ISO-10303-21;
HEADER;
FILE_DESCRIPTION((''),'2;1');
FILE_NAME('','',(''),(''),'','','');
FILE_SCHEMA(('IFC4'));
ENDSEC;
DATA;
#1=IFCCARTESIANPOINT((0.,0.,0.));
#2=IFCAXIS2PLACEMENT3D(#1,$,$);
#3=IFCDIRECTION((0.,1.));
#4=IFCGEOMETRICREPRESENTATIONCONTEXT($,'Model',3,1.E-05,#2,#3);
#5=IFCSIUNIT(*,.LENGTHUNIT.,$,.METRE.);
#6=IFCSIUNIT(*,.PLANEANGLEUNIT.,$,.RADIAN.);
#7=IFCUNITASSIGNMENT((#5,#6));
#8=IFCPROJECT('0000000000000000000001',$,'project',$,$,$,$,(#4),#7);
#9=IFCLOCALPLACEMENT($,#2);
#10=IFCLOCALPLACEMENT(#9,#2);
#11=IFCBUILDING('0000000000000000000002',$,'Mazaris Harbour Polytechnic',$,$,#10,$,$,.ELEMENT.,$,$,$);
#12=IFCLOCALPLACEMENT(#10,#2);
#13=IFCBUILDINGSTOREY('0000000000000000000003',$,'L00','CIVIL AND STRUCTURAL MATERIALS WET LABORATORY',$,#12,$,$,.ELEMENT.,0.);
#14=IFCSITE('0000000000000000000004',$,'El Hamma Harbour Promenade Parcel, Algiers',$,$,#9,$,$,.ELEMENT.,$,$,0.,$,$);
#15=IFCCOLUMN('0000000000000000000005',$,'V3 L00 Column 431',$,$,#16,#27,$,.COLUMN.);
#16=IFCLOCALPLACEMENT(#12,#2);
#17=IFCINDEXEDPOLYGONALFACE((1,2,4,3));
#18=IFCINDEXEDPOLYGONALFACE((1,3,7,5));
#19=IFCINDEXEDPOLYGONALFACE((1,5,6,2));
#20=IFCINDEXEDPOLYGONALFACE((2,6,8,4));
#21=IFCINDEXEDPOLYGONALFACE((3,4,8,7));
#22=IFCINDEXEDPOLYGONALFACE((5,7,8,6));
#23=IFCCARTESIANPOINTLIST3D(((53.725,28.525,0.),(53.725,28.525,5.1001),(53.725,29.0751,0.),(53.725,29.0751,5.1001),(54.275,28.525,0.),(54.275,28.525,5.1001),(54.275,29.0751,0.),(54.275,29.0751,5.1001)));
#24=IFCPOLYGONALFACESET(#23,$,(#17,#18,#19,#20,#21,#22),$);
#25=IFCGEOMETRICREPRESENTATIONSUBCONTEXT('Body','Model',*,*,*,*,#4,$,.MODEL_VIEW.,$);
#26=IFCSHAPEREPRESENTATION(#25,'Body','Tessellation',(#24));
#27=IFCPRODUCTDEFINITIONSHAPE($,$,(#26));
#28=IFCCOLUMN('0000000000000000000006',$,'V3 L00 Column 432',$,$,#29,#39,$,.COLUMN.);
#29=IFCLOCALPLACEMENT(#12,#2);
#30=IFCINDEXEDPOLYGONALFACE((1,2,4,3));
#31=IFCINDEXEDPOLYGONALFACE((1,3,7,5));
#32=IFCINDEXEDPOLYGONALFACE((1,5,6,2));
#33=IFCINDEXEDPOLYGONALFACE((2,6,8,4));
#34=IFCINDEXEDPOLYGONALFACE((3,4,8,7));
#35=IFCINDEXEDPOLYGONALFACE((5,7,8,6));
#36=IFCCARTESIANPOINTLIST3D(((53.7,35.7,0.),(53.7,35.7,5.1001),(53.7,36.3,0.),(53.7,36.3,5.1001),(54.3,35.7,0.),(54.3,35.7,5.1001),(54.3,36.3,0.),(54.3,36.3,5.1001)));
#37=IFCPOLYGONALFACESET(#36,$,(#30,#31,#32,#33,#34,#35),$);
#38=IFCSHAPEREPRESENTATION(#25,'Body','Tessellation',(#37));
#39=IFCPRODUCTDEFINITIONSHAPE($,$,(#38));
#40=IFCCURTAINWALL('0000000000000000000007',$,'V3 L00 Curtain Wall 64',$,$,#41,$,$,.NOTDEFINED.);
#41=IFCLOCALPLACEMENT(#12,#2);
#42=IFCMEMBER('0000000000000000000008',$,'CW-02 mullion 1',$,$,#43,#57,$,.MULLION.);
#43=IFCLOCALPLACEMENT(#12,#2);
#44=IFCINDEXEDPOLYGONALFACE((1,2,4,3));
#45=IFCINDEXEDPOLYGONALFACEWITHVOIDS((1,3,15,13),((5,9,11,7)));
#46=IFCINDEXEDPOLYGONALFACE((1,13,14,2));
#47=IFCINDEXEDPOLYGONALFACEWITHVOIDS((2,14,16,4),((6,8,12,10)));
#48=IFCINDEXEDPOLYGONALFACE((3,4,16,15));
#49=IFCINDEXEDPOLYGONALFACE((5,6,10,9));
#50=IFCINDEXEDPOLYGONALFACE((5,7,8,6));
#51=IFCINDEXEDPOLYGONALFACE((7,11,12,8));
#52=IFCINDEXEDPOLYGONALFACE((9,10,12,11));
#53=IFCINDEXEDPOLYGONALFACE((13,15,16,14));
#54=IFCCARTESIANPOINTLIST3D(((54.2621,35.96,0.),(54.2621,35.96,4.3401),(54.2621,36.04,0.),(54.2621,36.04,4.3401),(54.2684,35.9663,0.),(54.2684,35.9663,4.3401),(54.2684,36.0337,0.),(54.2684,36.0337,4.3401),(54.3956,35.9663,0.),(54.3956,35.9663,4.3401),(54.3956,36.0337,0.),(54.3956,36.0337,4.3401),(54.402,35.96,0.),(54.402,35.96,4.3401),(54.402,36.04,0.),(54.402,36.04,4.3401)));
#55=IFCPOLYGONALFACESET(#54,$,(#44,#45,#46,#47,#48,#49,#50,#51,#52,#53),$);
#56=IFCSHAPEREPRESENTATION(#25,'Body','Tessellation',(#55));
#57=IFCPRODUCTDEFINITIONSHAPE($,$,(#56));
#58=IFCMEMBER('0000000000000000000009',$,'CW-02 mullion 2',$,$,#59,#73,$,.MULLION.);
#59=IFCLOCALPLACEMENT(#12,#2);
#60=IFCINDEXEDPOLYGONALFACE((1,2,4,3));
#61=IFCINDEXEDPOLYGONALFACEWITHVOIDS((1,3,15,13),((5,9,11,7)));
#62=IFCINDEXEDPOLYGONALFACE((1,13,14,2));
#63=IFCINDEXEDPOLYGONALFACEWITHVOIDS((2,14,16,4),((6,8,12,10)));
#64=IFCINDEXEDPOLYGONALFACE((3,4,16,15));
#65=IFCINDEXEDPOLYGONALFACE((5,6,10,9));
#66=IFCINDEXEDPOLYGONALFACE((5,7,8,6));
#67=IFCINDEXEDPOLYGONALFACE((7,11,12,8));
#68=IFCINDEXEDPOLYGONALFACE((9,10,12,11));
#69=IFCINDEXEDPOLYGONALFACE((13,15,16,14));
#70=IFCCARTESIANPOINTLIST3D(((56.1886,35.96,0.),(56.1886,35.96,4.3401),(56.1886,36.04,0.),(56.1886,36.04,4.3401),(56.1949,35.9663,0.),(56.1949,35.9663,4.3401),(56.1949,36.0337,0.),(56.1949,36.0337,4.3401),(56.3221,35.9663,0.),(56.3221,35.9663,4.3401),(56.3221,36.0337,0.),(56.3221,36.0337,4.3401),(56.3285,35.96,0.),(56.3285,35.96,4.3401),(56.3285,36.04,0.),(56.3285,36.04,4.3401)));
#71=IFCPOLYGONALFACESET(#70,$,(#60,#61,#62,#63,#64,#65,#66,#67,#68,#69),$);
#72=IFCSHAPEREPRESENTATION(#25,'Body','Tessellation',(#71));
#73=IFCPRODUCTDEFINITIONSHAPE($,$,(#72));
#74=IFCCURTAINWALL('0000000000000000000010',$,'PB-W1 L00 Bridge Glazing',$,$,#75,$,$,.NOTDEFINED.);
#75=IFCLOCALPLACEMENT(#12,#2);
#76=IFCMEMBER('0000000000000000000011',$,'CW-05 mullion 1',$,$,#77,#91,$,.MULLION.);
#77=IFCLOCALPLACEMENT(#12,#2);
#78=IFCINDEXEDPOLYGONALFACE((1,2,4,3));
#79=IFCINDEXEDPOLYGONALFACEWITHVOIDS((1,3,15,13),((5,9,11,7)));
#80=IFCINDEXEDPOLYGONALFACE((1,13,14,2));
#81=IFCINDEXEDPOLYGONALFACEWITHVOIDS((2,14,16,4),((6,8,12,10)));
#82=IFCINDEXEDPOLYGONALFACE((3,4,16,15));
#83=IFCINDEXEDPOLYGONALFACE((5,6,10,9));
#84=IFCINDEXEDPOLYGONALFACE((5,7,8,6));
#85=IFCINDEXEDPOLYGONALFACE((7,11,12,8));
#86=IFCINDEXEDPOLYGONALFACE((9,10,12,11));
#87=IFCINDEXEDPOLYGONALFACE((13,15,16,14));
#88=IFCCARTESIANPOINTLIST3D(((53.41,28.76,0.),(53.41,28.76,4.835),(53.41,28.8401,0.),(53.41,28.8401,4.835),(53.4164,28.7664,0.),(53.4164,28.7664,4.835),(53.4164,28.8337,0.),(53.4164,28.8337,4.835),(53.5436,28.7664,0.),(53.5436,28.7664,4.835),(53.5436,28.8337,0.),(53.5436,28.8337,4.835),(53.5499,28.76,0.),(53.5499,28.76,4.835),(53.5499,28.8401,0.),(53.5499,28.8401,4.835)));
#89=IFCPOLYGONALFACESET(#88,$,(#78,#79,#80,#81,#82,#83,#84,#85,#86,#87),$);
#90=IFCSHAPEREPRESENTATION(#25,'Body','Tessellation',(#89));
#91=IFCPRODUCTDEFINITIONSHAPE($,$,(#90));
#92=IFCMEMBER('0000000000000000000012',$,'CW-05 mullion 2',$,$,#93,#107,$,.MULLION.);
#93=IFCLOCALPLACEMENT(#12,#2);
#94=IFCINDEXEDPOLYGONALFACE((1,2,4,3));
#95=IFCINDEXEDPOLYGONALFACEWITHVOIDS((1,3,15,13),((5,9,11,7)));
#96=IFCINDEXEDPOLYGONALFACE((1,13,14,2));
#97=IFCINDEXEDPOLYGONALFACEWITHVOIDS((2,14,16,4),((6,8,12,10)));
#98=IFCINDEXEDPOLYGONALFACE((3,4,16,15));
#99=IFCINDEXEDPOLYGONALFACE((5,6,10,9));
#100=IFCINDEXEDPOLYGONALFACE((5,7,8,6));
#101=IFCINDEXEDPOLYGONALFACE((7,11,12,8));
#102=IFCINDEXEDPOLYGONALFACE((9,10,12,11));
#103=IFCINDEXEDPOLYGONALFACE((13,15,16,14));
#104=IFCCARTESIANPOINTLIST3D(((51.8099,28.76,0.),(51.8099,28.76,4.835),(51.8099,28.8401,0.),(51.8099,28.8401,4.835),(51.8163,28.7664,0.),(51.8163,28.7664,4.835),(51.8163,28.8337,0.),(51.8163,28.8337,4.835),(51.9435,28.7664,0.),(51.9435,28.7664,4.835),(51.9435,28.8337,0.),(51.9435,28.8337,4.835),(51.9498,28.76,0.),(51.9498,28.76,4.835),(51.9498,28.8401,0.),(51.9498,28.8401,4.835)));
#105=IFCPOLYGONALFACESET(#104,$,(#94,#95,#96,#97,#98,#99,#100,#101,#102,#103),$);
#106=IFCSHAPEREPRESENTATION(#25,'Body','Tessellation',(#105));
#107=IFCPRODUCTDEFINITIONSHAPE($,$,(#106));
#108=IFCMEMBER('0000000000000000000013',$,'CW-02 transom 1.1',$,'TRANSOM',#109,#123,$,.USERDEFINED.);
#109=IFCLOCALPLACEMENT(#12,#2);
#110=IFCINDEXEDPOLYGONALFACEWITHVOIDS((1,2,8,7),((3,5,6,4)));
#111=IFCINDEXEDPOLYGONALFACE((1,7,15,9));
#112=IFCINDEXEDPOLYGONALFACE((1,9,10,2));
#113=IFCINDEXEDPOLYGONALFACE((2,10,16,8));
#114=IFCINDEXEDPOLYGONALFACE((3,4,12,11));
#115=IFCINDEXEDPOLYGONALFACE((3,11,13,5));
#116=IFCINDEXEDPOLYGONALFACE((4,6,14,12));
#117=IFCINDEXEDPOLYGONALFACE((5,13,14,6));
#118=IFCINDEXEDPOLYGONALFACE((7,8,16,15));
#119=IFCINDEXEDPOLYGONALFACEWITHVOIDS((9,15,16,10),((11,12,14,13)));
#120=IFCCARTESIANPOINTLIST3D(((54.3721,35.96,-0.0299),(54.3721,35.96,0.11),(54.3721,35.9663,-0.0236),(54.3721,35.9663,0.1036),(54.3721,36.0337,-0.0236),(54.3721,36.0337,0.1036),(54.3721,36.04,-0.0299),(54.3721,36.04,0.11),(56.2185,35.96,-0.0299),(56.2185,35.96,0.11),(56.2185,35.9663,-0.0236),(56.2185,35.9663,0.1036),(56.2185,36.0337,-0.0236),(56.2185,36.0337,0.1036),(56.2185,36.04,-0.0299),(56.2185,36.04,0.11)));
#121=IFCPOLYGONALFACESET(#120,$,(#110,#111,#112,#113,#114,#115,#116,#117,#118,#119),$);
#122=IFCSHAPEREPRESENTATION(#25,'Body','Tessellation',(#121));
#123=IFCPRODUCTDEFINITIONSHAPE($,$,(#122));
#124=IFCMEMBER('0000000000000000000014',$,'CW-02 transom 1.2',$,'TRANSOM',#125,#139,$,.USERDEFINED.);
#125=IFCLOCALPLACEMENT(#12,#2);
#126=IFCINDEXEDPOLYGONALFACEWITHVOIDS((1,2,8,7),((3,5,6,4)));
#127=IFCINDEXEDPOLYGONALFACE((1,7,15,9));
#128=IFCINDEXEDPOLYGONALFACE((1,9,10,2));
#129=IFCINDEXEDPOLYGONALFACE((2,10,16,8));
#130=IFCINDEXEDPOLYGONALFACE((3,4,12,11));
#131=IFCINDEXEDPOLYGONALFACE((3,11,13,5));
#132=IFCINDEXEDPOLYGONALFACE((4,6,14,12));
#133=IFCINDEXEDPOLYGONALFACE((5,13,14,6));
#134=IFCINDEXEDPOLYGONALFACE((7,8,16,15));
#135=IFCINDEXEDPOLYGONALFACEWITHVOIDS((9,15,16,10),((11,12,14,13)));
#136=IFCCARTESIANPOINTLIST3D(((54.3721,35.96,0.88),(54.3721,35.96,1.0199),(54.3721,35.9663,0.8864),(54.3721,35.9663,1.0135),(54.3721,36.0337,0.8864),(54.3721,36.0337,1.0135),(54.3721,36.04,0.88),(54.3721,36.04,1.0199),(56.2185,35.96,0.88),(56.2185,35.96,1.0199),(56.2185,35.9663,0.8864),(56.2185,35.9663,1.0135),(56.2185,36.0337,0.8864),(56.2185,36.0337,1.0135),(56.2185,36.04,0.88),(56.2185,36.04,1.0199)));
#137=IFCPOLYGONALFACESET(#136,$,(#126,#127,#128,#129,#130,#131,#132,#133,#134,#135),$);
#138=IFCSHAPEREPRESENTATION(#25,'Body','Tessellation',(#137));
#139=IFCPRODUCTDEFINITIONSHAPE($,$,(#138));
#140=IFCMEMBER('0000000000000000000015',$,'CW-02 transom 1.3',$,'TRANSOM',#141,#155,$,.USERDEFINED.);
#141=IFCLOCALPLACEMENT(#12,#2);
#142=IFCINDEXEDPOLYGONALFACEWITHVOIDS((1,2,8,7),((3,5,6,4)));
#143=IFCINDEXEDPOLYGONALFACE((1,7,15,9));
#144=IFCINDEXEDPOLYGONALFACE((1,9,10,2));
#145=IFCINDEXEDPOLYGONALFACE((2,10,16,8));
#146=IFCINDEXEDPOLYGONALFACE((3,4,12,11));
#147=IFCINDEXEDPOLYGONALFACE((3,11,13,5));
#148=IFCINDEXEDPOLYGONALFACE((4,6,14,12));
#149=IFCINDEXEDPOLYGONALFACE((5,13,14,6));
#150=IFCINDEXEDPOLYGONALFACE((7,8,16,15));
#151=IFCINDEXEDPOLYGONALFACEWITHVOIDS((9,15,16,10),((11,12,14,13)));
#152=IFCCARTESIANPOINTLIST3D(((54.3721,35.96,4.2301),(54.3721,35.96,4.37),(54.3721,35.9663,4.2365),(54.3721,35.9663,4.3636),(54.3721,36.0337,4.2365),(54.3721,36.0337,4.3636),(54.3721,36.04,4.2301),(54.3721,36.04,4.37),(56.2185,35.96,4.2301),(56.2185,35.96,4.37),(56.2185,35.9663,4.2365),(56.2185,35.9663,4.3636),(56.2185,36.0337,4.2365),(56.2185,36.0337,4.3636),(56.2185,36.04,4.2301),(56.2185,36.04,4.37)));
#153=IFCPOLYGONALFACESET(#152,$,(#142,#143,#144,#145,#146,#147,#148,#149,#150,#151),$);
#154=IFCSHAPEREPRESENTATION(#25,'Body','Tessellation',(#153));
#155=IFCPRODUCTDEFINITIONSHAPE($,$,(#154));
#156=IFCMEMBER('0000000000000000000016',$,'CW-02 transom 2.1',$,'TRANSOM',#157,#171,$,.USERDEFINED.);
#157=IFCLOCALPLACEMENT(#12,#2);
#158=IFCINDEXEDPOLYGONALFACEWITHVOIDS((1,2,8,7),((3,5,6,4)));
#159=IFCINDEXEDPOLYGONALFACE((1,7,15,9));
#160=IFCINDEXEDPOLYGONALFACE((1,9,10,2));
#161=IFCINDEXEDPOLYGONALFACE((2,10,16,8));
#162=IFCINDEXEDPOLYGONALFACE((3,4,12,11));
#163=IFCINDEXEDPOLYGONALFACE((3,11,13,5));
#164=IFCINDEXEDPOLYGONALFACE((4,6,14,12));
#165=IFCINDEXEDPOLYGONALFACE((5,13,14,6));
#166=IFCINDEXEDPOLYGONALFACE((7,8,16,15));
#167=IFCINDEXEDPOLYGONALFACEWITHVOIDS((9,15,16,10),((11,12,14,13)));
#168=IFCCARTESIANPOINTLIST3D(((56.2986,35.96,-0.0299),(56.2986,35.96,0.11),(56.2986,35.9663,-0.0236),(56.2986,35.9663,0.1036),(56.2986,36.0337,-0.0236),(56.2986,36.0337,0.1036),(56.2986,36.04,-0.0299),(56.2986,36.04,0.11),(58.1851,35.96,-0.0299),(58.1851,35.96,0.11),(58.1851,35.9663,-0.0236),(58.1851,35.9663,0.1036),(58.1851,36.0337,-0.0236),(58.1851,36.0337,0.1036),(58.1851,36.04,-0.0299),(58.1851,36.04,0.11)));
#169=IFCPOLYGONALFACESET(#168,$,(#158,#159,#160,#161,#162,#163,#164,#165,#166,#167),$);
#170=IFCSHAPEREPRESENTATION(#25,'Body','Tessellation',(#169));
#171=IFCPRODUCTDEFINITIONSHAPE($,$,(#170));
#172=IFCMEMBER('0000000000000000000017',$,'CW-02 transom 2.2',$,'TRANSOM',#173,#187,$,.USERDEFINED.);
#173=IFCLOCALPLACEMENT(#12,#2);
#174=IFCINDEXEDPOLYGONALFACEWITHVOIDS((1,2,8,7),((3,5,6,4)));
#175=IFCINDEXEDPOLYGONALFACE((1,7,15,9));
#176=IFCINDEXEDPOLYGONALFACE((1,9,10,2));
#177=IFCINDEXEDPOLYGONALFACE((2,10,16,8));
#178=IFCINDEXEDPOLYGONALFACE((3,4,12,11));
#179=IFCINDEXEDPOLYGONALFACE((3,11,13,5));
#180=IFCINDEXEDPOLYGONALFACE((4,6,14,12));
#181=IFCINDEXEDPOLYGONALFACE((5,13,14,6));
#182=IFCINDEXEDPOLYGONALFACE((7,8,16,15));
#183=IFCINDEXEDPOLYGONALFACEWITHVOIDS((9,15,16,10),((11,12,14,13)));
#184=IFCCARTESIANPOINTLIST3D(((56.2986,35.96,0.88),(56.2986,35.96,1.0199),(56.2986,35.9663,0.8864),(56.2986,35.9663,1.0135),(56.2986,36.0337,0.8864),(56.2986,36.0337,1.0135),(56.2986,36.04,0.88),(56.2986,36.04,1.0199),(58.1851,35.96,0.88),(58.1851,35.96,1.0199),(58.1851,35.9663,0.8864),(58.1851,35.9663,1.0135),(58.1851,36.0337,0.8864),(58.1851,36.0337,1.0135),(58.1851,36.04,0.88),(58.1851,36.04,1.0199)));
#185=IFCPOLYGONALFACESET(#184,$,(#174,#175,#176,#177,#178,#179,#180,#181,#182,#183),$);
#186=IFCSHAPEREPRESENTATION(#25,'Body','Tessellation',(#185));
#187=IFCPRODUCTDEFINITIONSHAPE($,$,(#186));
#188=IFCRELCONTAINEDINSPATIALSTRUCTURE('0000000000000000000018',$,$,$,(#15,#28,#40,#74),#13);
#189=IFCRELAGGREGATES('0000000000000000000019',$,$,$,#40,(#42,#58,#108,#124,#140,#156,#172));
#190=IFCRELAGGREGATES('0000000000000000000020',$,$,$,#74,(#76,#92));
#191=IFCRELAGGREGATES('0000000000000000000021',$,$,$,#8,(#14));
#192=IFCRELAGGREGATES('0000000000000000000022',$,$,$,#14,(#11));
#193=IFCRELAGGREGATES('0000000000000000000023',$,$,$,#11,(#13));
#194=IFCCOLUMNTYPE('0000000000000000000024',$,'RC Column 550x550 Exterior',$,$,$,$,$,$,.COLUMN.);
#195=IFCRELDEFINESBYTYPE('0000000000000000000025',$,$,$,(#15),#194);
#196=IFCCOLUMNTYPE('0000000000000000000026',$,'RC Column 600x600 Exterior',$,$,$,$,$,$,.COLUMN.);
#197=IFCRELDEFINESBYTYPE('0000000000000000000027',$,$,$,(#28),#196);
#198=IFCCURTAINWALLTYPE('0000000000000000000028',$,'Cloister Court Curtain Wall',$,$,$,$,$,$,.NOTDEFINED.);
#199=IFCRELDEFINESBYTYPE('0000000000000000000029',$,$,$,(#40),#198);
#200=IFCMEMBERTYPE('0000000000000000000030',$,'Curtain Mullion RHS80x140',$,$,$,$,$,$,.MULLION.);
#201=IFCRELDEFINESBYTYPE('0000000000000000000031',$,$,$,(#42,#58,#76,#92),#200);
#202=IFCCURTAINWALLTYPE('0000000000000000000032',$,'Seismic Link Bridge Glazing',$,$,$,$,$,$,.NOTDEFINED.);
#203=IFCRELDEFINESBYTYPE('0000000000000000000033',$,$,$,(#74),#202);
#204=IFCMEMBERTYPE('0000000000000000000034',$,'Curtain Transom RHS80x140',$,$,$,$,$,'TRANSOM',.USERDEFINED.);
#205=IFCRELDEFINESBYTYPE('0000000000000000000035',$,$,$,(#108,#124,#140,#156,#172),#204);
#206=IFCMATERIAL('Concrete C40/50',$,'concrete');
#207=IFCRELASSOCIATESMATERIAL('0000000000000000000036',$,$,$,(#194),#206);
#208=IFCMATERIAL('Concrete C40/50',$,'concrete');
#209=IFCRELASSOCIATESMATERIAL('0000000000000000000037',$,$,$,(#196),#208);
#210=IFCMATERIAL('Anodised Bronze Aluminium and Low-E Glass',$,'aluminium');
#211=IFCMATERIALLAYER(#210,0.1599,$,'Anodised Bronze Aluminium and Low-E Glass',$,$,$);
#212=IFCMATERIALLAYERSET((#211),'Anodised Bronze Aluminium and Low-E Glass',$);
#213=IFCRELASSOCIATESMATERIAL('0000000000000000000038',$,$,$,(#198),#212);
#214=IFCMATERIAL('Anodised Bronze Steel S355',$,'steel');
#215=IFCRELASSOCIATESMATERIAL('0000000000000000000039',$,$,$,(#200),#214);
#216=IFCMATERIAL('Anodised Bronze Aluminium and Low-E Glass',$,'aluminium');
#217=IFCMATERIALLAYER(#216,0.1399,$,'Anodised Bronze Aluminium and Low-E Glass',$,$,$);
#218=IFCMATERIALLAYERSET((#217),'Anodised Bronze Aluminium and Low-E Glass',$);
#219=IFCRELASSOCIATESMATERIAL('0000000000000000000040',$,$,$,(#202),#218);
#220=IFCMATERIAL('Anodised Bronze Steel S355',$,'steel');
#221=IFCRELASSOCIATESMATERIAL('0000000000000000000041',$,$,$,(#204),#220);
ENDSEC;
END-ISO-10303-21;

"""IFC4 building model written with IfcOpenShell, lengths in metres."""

from ifc_helpers import new_model, si_unit, direction, frame, origin, origin_2d, place, context, subcontext, project, spatial, rectangle, hollow_rectangle, extrude, material, layer, layer_set, material_profile, profile_set, type_object, element, aggregate, save


model = new_model("IFC4")

# Units and contexts
model_context = context("Model", 3, precision=1e-05, world=origin(), true_north=direction((0.0, 1.0)))
body_context = subcontext(model_context, "Body", "Model", "MODEL_VIEW")
ifc_project = project(units=[si_unit("LENGTHUNIT", "METRE"), si_unit("PLANEANGLEUNIT", "RADIAN")], contexts=[model_context])

# Site, building, storey
site_placement = place(None, origin())
site = spatial("IfcSite", under=ifc_project, at=site_placement, Name="El Hamma Harbour Promenade Parcel, Algiers", CompositionType="ELEMENT", RefElevation=0.0)
building_placement = place(site_placement, origin())
building = spatial("IfcBuilding", under=site, at=building_placement, Name="Mazaris Harbour Polytechnic", CompositionType="ELEMENT")
storey_placement = place(building_placement, origin())
storey = spatial("IfcBuildingStorey", under=building, at=storey_placement, Name="L00", Description="CIVIL AND STRUCTURAL MATERIALS WET LABORATORY", CompositionType="ELEMENT", Elevation=0.0)

# Columns
ifc_material_1 = material(Name="Concrete C40/50", Category="concrete")
ifc_material_profile_1 = material_profile(ifc_material_1, rectangle(XDim=0.55, YDim=0.55, at=origin_2d()), Name="RECT550x550")
ifc_profile_set_1 = profile_set([ifc_material_profile_1], Name="Concrete C40/50")
column_type_1 = type_object("IfcColumnType", Name="RC Column 550x550 Exterior", PredefinedType="COLUMN", material=ifc_profile_set_1)
column_1_placement = place(storey_placement, frame((54.0, 28.8, 0.0), z_axis=(0.0, 0.0, 1.0), x_axis=(1.0, 0.0, 0.0)))
element("IfcColumn", 1, at=column_1_placement, inside=storey, type_object=column_type_1, Name="V3 L00 Column 431", PredefinedType="COLUMN", context=body_context, shape_type="SweptSolid", body=[
    extrude(rectangle(XDim=0.55, YDim=0.55, at=origin_2d()), origin(), (0.0, 0.0, 1.0), 5.1001),
])
ifc_material_2 = material(Name="Concrete C40/50", Category="concrete")
ifc_material_profile_2 = material_profile(ifc_material_2, rectangle(XDim=0.6001, YDim=0.6001, at=origin_2d()), Name="RECT600x600")
ifc_profile_set_2 = profile_set([ifc_material_profile_2], Name="Concrete C40/50")
column_type_2 = type_object("IfcColumnType", Name="RC Column 600x600 Exterior", PredefinedType="COLUMN", material=ifc_profile_set_2)
column_2_placement = place(storey_placement, frame((54.0, 36.0, 0.0), z_axis=(0.0, 0.0, 1.0), x_axis=(1.0, 0.0, 0.0)))
element("IfcColumn", 2, at=column_2_placement, inside=storey, type_object=column_type_2, Name="V3 L00 Column 432", PredefinedType="COLUMN", context=body_context, shape_type="SweptSolid", body=[
    extrude(rectangle(XDim=0.6001, YDim=0.6001, at=origin_2d()), origin(), (0.0, 0.0, 1.0), 5.1001),
])

# Curtain walls, members
ifc_material_3 = material(Name="Anodised Bronze Aluminium and Low-E Glass", Category="aluminium")
ifc_layer_1 = layer(ifc_material_3, 0.1599, Name="Anodised Bronze Aluminium and Low-E Glass")
ifc_layer_set_1 = layer_set([ifc_layer_1], Name="Anodised Bronze Aluminium and Low-E Glass")
curtain_wall_type_1 = type_object("IfcCurtainWallType", Name="Cloister Court Curtain Wall", PredefinedType="NOTDEFINED", material=ifc_layer_set_1)
curtain_wall_1_placement = place(storey_placement, origin())
curtain_wall_1 = element("IfcCurtainWall", 3, at=curtain_wall_1_placement, inside=storey, type_object=curtain_wall_type_1, Name="V3 L00 Curtain Wall 64", PredefinedType="NOTDEFINED")
ifc_material_4 = material(Name="Anodised Bronze Steel S355", Category="steel")
ifc_material_profile_3 = material_profile(ifc_material_4, hollow_rectangle(XDim=0.0801, YDim=0.1399, WallThickness=0.0063, at=origin_2d()), Name="RHS 80x140x6.3")
ifc_profile_set_3 = profile_set([ifc_material_profile_3], Name="Anodised Bronze Steel S355")
member_type_1 = type_object("IfcMemberType", Name="Curtain Mullion RHS80x140", PredefinedType="MULLION", material=ifc_profile_set_3)
member_1_placement = place(storey_placement, frame((54.332, 36.0, 0.0), z_axis=(0.0, 0.0, 1.0), x_axis=(0.0, 1.0, 0.0)))
member_1 = element("IfcMember", 4, at=member_1_placement, type_object=member_type_1, Name="CW-02 mullion 1", PredefinedType="MULLION", context=body_context, shape_type="SweptSolid", body=[
    extrude(hollow_rectangle(XDim=0.0801, YDim=0.1399, WallThickness=0.0063, at=origin_2d()), origin(), (0.0, 0.0, 1.0), 4.3401),
])
member_2_placement = place(storey_placement, frame((56.2585, 36.0, 0.0), z_axis=(0.0, 0.0, 1.0), x_axis=(0.0, 1.0, 0.0)))
member_2 = element("IfcMember", 5, at=member_2_placement, type_object=member_type_1, Name="CW-02 mullion 2", PredefinedType="MULLION", context=body_context, shape_type="SweptSolid", body=[
    extrude(hollow_rectangle(XDim=0.0801, YDim=0.1399, WallThickness=0.0063, at=origin_2d()), origin(), (0.0, 0.0, 1.0), 4.3401),
])
ifc_material_5 = material(Name="Anodised Bronze Aluminium and Low-E Glass", Category="aluminium")
ifc_layer_2 = layer(ifc_material_5, 0.1399, Name="Anodised Bronze Aluminium and Low-E Glass")
ifc_layer_set_2 = layer_set([ifc_layer_2], Name="Anodised Bronze Aluminium and Low-E Glass")
curtain_wall_type_2 = type_object("IfcCurtainWallType", Name="Seismic Link Bridge Glazing", PredefinedType="NOTDEFINED", material=ifc_layer_set_2)
curtain_wall_2_placement = place(storey_placement, origin())
curtain_wall_2 = element("IfcCurtainWall", 6, at=curtain_wall_2_placement, inside=storey, type_object=curtain_wall_type_2, Name="PB-W1 L00 Bridge Glazing", PredefinedType="NOTDEFINED")
member_3_placement = place(storey_placement, frame((53.48, 28.8, 0.0), z_axis=(0.0, 0.0, 1.0), x_axis=(0.0, -1.0, 0.0)))
member_3 = element("IfcMember", 7, at=member_3_placement, type_object=member_type_1, Name="CW-05 mullion 1", PredefinedType="MULLION", context=body_context, shape_type="SweptSolid", body=[
    extrude(hollow_rectangle(XDim=0.0801, YDim=0.1399, WallThickness=0.0063, at=origin_2d()), origin(), (0.0, 0.0, 1.0), 4.835),
])
member_4_placement = place(storey_placement, frame((51.8799, 28.8, 0.0), z_axis=(0.0, 0.0, 1.0), x_axis=(0.0, -1.0, 0.0)))
member_4 = element("IfcMember", 8, at=member_4_placement, type_object=member_type_1, Name="CW-05 mullion 2", PredefinedType="MULLION", context=body_context, shape_type="SweptSolid", body=[
    extrude(hollow_rectangle(XDim=0.0801, YDim=0.1399, WallThickness=0.0063, at=origin_2d()), origin(), (0.0, 0.0, 1.0), 4.835),
])

# Members
ifc_material_6 = material(Name="Anodised Bronze Steel S355", Category="steel")
ifc_material_profile_4 = material_profile(ifc_material_6, hollow_rectangle(XDim=0.0801, YDim=0.1399, WallThickness=0.0063, at=origin_2d()), Name="RHS 80x140x6.3")
ifc_profile_set_4 = profile_set([ifc_material_profile_4], Name="Anodised Bronze Steel S355")
member_type_2 = type_object("IfcMemberType", Name="Curtain Transom RHS80x140", ElementType="TRANSOM", PredefinedType="USERDEFINED", material=ifc_profile_set_4)
member_5_placement = place(storey_placement, frame((54.3721, 36.0, 0.04), z_axis=(1.0, 0.0, 0.0), x_axis=(0.0, 1.0, 0.0)))
member_5 = element("IfcMember", 9, at=member_5_placement, type_object=member_type_2, Name="CW-02 transom 1.1", ObjectType="TRANSOM", PredefinedType="USERDEFINED", context=body_context, shape_type="SweptSolid", body=[
    extrude(hollow_rectangle(XDim=0.0801, YDim=0.1399, WallThickness=0.0063, at=origin_2d()), origin(), (0.0, 0.0, 1.0), 1.8464),
])
member_6_placement = place(storey_placement, frame((54.3721, 36.0, 0.95), z_axis=(1.0, 0.0, 0.0), x_axis=(0.0, 1.0, 0.0)))
member_6 = element("IfcMember", 10, at=member_6_placement, type_object=member_type_2, Name="CW-02 transom 1.2", ObjectType="TRANSOM", PredefinedType="USERDEFINED", context=body_context, shape_type="SweptSolid", body=[
    extrude(hollow_rectangle(XDim=0.0801, YDim=0.1399, WallThickness=0.0063, at=origin_2d()), origin(), (0.0, 0.0, 1.0), 1.8464),
])
member_7_placement = place(storey_placement, frame((54.3721, 36.0, 4.3), z_axis=(1.0, 0.0, 0.0), x_axis=(0.0, 1.0, 0.0)))
member_7 = element("IfcMember", 11, at=member_7_placement, type_object=member_type_2, Name="CW-02 transom 1.3", ObjectType="TRANSOM", PredefinedType="USERDEFINED", context=body_context, shape_type="SweptSolid", body=[
    extrude(hollow_rectangle(XDim=0.0801, YDim=0.1399, WallThickness=0.0063, at=origin_2d()), origin(), (0.0, 0.0, 1.0), 1.8464),
])
member_8_placement = place(storey_placement, frame((56.2986, 36.0, 0.04), z_axis=(1.0, 0.0, 0.0), x_axis=(0.0, 1.0, 0.0)))
member_8 = element("IfcMember", 12, at=member_8_placement, type_object=member_type_2, Name="CW-02 transom 2.1", ObjectType="TRANSOM", PredefinedType="USERDEFINED", context=body_context, shape_type="SweptSolid", body=[
    extrude(hollow_rectangle(XDim=0.0801, YDim=0.1399, WallThickness=0.0063, at=origin_2d()), origin(), (0.0, 0.0, 1.0), 1.8865),
])
member_9_placement = place(storey_placement, frame((56.2986, 36.0, 0.95), z_axis=(1.0, 0.0, 0.0), x_axis=(0.0, 1.0, 0.0)))
member_9 = element("IfcMember", 13, at=member_9_placement, type_object=member_type_2, Name="CW-02 transom 2.2", ObjectType="TRANSOM", PredefinedType="USERDEFINED", context=body_context, shape_type="SweptSolid", body=[
    extrude(hollow_rectangle(XDim=0.0801, YDim=0.1399, WallThickness=0.0063, at=origin_2d()), origin(), (0.0, 0.0, 1.0), 1.8865),
])

aggregate(curtain_wall_1, [member_1, member_2, member_5, member_6, member_7, member_8, member_9])
aggregate(curtain_wall_2, [member_3, member_4])

save(model, "model.ifc")
